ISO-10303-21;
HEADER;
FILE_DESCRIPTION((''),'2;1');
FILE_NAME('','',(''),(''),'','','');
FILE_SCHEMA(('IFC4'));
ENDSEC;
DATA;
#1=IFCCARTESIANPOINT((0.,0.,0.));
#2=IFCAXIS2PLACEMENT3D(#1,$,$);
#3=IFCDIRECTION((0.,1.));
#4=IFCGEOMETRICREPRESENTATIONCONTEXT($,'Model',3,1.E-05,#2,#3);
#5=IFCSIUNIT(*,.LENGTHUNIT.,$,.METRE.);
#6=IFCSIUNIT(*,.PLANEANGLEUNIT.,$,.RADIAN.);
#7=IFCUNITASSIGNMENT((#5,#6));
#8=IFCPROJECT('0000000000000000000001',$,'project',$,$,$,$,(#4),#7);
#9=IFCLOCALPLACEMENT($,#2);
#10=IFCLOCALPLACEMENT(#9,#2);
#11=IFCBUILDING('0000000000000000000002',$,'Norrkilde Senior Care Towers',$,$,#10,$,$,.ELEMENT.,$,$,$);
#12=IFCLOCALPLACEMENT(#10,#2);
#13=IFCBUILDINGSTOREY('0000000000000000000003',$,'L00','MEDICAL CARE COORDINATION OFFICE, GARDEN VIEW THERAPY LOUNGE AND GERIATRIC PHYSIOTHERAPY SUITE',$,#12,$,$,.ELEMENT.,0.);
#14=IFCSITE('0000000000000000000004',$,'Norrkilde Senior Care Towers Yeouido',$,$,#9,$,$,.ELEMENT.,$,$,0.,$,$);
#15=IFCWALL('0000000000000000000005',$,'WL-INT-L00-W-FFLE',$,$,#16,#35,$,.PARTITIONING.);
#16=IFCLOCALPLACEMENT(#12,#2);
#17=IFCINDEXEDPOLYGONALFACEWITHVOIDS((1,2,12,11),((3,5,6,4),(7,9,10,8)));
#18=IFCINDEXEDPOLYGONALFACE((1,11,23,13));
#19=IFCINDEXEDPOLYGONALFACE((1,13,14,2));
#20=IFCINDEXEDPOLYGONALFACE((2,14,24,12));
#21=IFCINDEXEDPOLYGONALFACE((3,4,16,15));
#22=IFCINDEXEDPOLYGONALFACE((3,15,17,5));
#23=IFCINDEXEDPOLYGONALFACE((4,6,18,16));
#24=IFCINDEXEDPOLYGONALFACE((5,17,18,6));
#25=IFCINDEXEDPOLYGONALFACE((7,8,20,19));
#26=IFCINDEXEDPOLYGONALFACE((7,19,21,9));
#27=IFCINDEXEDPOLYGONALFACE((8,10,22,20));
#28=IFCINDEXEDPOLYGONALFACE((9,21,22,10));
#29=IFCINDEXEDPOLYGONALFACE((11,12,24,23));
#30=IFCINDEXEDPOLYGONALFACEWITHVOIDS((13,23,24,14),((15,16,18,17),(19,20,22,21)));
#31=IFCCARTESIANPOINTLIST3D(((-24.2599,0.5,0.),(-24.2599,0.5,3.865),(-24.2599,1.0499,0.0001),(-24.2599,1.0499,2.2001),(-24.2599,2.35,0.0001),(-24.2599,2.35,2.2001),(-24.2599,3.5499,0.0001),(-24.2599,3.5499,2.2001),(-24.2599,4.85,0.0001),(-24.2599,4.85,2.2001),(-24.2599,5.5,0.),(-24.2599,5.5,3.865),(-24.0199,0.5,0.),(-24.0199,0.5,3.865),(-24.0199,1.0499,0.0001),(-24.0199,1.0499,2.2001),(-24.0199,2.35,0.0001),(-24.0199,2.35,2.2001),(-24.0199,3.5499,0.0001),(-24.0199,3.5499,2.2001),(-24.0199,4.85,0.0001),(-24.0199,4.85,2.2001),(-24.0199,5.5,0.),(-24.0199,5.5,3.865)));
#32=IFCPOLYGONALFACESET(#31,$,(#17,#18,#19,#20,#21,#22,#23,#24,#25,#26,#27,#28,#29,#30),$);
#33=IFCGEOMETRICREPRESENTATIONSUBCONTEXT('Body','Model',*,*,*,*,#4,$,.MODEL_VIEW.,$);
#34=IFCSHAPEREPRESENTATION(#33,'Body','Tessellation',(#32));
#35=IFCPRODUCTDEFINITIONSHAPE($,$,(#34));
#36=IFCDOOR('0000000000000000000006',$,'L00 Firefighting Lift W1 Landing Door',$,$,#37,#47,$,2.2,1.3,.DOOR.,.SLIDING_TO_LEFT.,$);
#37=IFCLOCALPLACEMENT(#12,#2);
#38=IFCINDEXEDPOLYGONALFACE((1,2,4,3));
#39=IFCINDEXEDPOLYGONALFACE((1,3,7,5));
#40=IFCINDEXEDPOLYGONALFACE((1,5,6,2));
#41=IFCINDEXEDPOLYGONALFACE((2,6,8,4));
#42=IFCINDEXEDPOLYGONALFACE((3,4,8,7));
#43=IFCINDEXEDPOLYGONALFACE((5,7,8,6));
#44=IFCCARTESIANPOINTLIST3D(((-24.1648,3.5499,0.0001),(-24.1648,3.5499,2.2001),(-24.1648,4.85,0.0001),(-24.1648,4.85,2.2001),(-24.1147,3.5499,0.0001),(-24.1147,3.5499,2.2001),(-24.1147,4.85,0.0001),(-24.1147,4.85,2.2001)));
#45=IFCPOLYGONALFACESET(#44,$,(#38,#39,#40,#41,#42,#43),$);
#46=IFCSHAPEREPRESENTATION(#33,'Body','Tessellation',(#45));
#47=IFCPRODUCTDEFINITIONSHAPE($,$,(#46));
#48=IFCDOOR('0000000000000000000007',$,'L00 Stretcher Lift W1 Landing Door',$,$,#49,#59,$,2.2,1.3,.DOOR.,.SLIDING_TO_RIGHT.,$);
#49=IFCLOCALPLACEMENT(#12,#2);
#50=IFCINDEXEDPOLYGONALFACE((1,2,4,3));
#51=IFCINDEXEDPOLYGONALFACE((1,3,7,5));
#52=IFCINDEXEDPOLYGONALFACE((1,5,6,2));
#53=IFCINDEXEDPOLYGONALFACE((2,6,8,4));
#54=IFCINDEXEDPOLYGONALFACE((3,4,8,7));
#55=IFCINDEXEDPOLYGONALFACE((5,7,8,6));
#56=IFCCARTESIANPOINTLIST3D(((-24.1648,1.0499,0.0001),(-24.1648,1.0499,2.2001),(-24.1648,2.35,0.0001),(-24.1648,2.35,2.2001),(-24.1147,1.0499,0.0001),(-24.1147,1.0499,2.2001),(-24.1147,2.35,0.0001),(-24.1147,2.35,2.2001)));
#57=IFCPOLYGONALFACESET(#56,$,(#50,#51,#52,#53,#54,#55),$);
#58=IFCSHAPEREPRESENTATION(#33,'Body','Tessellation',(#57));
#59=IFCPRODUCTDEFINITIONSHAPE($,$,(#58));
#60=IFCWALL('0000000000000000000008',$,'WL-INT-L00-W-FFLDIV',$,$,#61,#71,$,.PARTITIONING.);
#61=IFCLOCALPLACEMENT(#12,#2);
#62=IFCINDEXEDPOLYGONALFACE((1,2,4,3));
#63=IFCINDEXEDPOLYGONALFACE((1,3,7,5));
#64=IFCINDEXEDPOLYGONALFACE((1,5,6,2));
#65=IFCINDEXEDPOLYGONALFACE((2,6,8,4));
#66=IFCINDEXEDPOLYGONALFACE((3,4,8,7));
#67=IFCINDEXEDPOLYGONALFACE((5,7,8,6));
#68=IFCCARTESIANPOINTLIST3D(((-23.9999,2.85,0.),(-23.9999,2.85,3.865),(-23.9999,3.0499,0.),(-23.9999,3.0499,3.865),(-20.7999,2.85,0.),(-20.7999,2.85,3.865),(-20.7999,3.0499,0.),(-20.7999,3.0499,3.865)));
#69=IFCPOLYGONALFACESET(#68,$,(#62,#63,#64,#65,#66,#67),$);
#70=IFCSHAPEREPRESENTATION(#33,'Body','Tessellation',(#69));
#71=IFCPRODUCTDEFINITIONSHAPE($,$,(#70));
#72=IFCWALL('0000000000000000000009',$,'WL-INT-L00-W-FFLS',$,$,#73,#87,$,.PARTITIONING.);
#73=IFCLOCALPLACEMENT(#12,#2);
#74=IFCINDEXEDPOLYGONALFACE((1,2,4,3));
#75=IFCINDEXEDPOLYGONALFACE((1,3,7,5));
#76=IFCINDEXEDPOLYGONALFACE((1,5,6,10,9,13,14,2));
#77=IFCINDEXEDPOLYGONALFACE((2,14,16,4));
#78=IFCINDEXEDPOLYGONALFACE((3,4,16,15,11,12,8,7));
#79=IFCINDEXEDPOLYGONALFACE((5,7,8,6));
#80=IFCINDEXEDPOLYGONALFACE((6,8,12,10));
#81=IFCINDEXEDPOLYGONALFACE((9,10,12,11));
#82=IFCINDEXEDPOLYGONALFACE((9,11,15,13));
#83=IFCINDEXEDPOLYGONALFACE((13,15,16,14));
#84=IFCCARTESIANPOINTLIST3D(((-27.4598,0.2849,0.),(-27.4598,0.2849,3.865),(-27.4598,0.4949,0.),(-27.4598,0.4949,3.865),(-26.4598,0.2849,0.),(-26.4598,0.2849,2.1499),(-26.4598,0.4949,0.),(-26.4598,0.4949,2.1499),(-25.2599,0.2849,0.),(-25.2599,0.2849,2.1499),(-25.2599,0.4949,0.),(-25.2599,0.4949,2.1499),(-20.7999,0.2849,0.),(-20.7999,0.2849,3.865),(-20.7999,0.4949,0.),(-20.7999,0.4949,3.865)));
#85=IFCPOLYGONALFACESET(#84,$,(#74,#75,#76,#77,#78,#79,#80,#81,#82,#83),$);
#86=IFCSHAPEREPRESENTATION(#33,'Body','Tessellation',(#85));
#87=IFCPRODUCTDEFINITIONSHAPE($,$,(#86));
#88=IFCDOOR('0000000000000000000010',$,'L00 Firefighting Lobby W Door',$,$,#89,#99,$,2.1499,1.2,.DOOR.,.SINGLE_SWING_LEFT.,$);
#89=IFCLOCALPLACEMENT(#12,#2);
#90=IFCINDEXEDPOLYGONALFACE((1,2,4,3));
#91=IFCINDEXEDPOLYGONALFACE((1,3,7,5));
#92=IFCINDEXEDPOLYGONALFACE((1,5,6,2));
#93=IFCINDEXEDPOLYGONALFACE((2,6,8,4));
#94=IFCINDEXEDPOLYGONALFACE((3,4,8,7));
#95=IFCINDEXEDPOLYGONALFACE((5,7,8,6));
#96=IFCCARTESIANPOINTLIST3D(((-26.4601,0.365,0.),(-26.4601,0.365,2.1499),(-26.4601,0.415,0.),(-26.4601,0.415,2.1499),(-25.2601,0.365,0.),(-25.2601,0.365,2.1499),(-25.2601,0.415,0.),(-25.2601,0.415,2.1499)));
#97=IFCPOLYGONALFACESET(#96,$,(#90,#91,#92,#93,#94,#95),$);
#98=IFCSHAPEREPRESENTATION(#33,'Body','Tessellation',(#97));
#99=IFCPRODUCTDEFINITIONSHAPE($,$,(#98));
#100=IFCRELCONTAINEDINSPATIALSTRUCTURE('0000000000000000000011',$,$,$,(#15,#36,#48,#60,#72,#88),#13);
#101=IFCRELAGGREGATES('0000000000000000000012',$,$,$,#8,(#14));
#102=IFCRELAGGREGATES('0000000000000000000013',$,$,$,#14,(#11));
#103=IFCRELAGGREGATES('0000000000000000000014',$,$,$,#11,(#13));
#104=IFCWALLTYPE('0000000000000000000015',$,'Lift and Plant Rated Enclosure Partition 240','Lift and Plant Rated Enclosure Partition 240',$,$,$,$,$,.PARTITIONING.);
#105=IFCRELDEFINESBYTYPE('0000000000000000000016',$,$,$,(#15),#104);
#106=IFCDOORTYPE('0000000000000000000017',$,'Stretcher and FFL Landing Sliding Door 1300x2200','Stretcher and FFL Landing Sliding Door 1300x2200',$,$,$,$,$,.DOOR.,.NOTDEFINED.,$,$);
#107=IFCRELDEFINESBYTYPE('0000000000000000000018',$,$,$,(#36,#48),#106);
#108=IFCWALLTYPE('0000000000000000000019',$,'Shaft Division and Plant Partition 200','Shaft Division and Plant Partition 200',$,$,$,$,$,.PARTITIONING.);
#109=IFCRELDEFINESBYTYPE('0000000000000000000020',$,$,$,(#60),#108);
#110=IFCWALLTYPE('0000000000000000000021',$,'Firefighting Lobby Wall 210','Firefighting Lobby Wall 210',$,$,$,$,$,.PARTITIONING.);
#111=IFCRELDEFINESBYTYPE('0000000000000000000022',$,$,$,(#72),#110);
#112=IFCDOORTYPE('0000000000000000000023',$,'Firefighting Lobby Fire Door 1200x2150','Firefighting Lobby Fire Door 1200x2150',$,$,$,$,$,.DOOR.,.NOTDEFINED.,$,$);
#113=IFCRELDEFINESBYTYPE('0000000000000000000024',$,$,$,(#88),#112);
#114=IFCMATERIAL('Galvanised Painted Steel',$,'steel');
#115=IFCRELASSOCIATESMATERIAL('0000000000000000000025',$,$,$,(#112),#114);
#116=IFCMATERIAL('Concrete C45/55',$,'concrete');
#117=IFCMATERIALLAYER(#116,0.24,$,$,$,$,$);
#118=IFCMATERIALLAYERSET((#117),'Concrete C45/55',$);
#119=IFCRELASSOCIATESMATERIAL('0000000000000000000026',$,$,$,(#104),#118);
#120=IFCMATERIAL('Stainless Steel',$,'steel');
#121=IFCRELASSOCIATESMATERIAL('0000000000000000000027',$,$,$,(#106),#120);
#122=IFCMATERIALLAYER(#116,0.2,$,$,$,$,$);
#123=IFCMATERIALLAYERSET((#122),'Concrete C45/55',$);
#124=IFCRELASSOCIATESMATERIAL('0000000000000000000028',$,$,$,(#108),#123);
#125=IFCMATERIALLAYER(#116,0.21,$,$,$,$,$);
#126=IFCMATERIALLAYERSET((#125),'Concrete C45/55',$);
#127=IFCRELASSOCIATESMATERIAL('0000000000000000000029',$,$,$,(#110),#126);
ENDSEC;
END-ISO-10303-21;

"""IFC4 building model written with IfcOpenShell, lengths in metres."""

from ifc_helpers import new_model, si_unit, direction, frame, frame_2d, origin, place, context, subcontext, project, spatial, rectangle, extrude, source, transform, mapped, material, layer, layer_set, type_object, type_shapes, element, fill, save


model = new_model("IFC4")

# Units and contexts
model_context = context("Model", 3, precision=1e-05, world=origin(), true_north=direction((0.0, 1.0)))
body_context = subcontext(model_context, "Body", "Model", "MODEL_VIEW")
ifc_project = project(units=[si_unit("LENGTHUNIT", "METRE"), si_unit("PLANEANGLEUNIT", "RADIAN")], contexts=[model_context])

# Site, building, storey
site_placement = place(None, origin())
site = spatial("IfcSite", under=ifc_project, at=site_placement, Name="Norrkilde Senior Care Towers Yeouido", CompositionType="ELEMENT", RefElevation=0.0)
building_placement = place(site_placement, origin())
building = spatial("IfcBuilding", under=site, at=building_placement, Name="Norrkilde Senior Care Towers", CompositionType="ELEMENT")
storey_placement = place(building_placement, origin())
storey = spatial("IfcBuildingStorey", under=building, at=storey_placement, Name="L00", Description="MEDICAL CARE COORDINATION OFFICE, GARDEN VIEW THERAPY LOUNGE AND GERIATRIC PHYSIOTHERAPY SUITE", CompositionType="ELEMENT", Elevation=0.0)

# Shared definitions
ifc_material_1 = material(Name="Galvanised Painted Steel", Category="steel")
door_type_1 = type_object("IfcDoorType", Name="Firefighting Lobby Fire Door 1200x2150", Description="Firefighting Lobby Fire Door 1200x2150", OperationType="NOTDEFINED", PredefinedType="DOOR", material=ifc_material_1)
shared_shape_1 = source(origin(), body_context, "Body", "SweptSolid", [
    extrude(rectangle(XDim=1.2, YDim=2.1499, at=frame_2d((0.6001, 1.075))), frame((0.0, 0.0249, 0.0), z_axis=(0.0, -1.0, 0.0), x_axis=(1.0, 0.0, 0.0)), (0.0, 0.0, 1.0), 0.05),
])
type_shapes(door_type_1, [shared_shape_1])
ifc_material_2 = material(Name="Concrete C45/55", Category="concrete")

# Wall, openings, doors
ifc_layer_1 = layer(ifc_material_2, 0.24)
ifc_layer_set_1 = layer_set([ifc_layer_1], Name="Concrete C45/55")
wall_type_1 = type_object("IfcWallType", Name="Lift and Plant Rated Enclosure Partition 240", Description="Lift and Plant Rated Enclosure Partition 240", PredefinedType="PARTITIONING", material=ifc_layer_set_1)
shared_shape_2 = source(origin(), body_context, "Body", "SweptSolid", [
    extrude(rectangle(XDim=5.0, YDim=0.24, at=frame_2d((2.5, 0.0))), origin(), (0.0, 0.0, 1.0), 3.865),
])
type_shapes(wall_type_1, [shared_shape_2])
wall_1_placement = place(storey_placement, frame((-24.1399, 0.5, 0.0), z_axis=(0.0, 0.0, 1.0), x_axis=(0.0, 1.0, 0.0)))
wall_1 = element("IfcWall", 1, at=wall_1_placement, inside=storey, type_object=wall_type_1, Name="WL-INT-L00-W-FFLE", PredefinedType="PARTITIONING", context=body_context, shape_type="MappedRepresentation", body=[
    mapped(shared_shape_2, transform((0.0, 0.0, 0.0), x_axis=(1.0, 0.0, 0.0), y_axis=(0.0, 1.0, 0.0), z_axis=(0.0, 0.0, 1.0), scale=1.0)),
])
opening_1_placement = place(wall_1_placement, frame((3.05, 0.0, 0.0)))
opening_1 = element("IfcOpeningElement", 2, at=opening_1_placement, cuts=wall_1, PredefinedType="OPENING", context=body_context, shape_type="SweptSolid", body=[
    extrude(rectangle(XDim=1.3, YDim=2.2, at=frame_2d((0.6499, 1.1001))), frame((0.0, 0.1299, 0.0), z_axis=(0.0, -1.0, 0.0), x_axis=(1.0, 0.0, 0.0)), (0.0, 0.0, 1.0), 0.26),
])
opening_2_placement = place(wall_1_placement, frame((0.55, 0.0, 0.0)))
opening_2 = element("IfcOpeningElement", 3, at=opening_2_placement, cuts=wall_1, PredefinedType="OPENING", context=body_context, shape_type="SweptSolid", body=[
    extrude(rectangle(XDim=1.3, YDim=2.2, at=frame_2d((0.6499, 1.1001))), frame((0.0, 0.1299, 0.0), z_axis=(0.0, -1.0, 0.0), x_axis=(1.0, 0.0, 0.0)), (0.0, 0.0, 1.0), 0.26),
])
ifc_material_3 = material(Name="Stainless Steel", Category="steel")
door_type_2 = type_object("IfcDoorType", Name="Stretcher and FFL Landing Sliding Door 1300x2200", Description="Stretcher and FFL Landing Sliding Door 1300x2200", OperationType="NOTDEFINED", PredefinedType="DOOR", material=ifc_material_3)
shared_shape_3 = source(origin(), body_context, "Body", "SweptSolid", [
    extrude(rectangle(XDim=1.3, YDim=2.2, at=frame_2d((0.6499, 1.1001))), frame((0.0, 0.0249, 0.0), z_axis=(0.0, -1.0, 0.0), x_axis=(1.0, 0.0, 0.0)), (0.0, 0.0, 1.0), 0.05),
])
type_shapes(door_type_2, [shared_shape_3])
door_1_placement = place(opening_1_placement, origin())
door_1 = element("IfcDoor", 4, at=door_1_placement, inside=storey, type_object=door_type_2, Name="L00 Firefighting Lift W1 Landing Door", OperationType="SLIDING_TO_LEFT", OverallHeight=2.2, OverallWidth=1.3, PredefinedType="DOOR", context=body_context, shape_type="MappedRepresentation", body=[
    mapped(shared_shape_3, transform((0.0, 0.0, 0.0), x_axis=(1.0, 0.0, 0.0), y_axis=(0.0, 1.0, 0.0), z_axis=(0.0, 0.0, 1.0), scale=1.0)),
])
fill(opening_1, door_1)
door_2_placement = place(opening_2_placement, origin())
door_2 = element("IfcDoor", 5, at=door_2_placement, inside=storey, type_object=door_type_2, Name="L00 Stretcher Lift W1 Landing Door", OperationType="SLIDING_TO_RIGHT", OverallHeight=2.2, OverallWidth=1.3, PredefinedType="DOOR", context=body_context, shape_type="MappedRepresentation", body=[
    mapped(shared_shape_3, transform((0.0, 0.0, 0.0), x_axis=(1.0, 0.0, 0.0), y_axis=(0.0, 1.0, 0.0), z_axis=(0.0, 0.0, 1.0), scale=1.0)),
])
fill(opening_2, door_2)

# Wall
ifc_layer_2 = layer(ifc_material_2, 0.2)
ifc_layer_set_2 = layer_set([ifc_layer_2], Name="Concrete C45/55")
wall_type_2 = type_object("IfcWallType", Name="Shaft Division and Plant Partition 200", Description="Shaft Division and Plant Partition 200", PredefinedType="PARTITIONING", material=ifc_layer_set_2)
shared_shape_4 = source(origin(), body_context, "Body", "SweptSolid", [
    extrude(rectangle(XDim=3.2, YDim=0.2, at=frame_2d((1.6001, 0.0))), origin(), (0.0, 0.0, 1.0), 3.865),
])
type_shapes(wall_type_2, [shared_shape_4])
wall_2_placement = place(storey_placement, frame((-24.0, 2.95, 0.0), z_axis=(0.0, 0.0, 1.0), x_axis=(1.0, 0.0, 0.0)))
element("IfcWall", 6, at=wall_2_placement, inside=storey, type_object=wall_type_2, Name="WL-INT-L00-W-FFLDIV", PredefinedType="PARTITIONING", context=body_context, shape_type="MappedRepresentation", body=[
    mapped(shared_shape_4, transform((0.0, 0.0, 0.0), x_axis=(1.0, 0.0, 0.0), y_axis=(0.0, 1.0, 0.0), z_axis=(0.0, 0.0, 1.0), scale=1.0)),
])

# Wall, opening, door
ifc_layer_3 = layer(ifc_material_2, 0.21)
ifc_layer_set_3 = layer_set([ifc_layer_3], Name="Concrete C45/55")
wall_type_3 = type_object("IfcWallType", Name="Firefighting Lobby Wall 210", Description="Firefighting Lobby Wall 210", PredefinedType="PARTITIONING", material=ifc_layer_set_3)
shared_shape_5 = source(origin(), body_context, "Body", "SweptSolid", [
    extrude(rectangle(XDim=6.6599, YDim=0.21, at=frame_2d((3.3301, 0.0))), origin(), (0.0, 0.0, 1.0), 3.865),
])
type_shapes(wall_type_3, [shared_shape_5])
wall_3_placement = place(storey_placement, frame((-27.46, 0.3899, 0.0), z_axis=(0.0, 0.0, 1.0), x_axis=(1.0, 0.0, 0.0)))
wall_3 = element("IfcWall", 7, at=wall_3_placement, inside=storey, type_object=wall_type_3, Name="WL-INT-L00-W-FFLS", PredefinedType="PARTITIONING", context=body_context, shape_type="MappedRepresentation", body=[
    mapped(shared_shape_5, transform((0.0, 0.0, 0.0), x_axis=(1.0, 0.0, 0.0), y_axis=(0.0, 1.0, 0.0), z_axis=(0.0, 0.0, 1.0), scale=1.0)),
])
opening_3_placement = place(wall_3_placement, frame((1.0, 0.0, 0.0)))
opening_3 = element("IfcOpeningElement", 8, at=opening_3_placement, cuts=wall_3, PredefinedType="OPENING", context=body_context, shape_type="SweptSolid", body=[
    extrude(rectangle(XDim=1.2, YDim=2.1499, at=frame_2d((0.6001, 1.075))), frame((0.0, 0.115, 0.0), z_axis=(0.0, -1.0, 0.0), x_axis=(1.0, 0.0, 0.0)), (0.0, 0.0, 1.0), 0.23),
])
door_3_placement = place(opening_3_placement, frame((1.2, 0.0, 0.0), z_axis=(0.0, 0.0, 1.0), x_axis=(-1.0, 0.0, 0.0)))
door_3 = element("IfcDoor", 9, at=door_3_placement, inside=storey, type_object=door_type_1, Name="L00 Firefighting Lobby W Door", OperationType="SINGLE_SWING_LEFT", OverallHeight=2.1499, OverallWidth=1.2, PredefinedType="DOOR", context=body_context, shape_type="MappedRepresentation", body=[
    mapped(shared_shape_1, transform((0.0, 0.0, 0.0), x_axis=(1.0, 0.0, 0.0), y_axis=(0.0, 1.0, 0.0), z_axis=(0.0, 0.0, 1.0), scale=1.0)),
])
fill(opening_3, door_3)

save(model, "model.ifc")
